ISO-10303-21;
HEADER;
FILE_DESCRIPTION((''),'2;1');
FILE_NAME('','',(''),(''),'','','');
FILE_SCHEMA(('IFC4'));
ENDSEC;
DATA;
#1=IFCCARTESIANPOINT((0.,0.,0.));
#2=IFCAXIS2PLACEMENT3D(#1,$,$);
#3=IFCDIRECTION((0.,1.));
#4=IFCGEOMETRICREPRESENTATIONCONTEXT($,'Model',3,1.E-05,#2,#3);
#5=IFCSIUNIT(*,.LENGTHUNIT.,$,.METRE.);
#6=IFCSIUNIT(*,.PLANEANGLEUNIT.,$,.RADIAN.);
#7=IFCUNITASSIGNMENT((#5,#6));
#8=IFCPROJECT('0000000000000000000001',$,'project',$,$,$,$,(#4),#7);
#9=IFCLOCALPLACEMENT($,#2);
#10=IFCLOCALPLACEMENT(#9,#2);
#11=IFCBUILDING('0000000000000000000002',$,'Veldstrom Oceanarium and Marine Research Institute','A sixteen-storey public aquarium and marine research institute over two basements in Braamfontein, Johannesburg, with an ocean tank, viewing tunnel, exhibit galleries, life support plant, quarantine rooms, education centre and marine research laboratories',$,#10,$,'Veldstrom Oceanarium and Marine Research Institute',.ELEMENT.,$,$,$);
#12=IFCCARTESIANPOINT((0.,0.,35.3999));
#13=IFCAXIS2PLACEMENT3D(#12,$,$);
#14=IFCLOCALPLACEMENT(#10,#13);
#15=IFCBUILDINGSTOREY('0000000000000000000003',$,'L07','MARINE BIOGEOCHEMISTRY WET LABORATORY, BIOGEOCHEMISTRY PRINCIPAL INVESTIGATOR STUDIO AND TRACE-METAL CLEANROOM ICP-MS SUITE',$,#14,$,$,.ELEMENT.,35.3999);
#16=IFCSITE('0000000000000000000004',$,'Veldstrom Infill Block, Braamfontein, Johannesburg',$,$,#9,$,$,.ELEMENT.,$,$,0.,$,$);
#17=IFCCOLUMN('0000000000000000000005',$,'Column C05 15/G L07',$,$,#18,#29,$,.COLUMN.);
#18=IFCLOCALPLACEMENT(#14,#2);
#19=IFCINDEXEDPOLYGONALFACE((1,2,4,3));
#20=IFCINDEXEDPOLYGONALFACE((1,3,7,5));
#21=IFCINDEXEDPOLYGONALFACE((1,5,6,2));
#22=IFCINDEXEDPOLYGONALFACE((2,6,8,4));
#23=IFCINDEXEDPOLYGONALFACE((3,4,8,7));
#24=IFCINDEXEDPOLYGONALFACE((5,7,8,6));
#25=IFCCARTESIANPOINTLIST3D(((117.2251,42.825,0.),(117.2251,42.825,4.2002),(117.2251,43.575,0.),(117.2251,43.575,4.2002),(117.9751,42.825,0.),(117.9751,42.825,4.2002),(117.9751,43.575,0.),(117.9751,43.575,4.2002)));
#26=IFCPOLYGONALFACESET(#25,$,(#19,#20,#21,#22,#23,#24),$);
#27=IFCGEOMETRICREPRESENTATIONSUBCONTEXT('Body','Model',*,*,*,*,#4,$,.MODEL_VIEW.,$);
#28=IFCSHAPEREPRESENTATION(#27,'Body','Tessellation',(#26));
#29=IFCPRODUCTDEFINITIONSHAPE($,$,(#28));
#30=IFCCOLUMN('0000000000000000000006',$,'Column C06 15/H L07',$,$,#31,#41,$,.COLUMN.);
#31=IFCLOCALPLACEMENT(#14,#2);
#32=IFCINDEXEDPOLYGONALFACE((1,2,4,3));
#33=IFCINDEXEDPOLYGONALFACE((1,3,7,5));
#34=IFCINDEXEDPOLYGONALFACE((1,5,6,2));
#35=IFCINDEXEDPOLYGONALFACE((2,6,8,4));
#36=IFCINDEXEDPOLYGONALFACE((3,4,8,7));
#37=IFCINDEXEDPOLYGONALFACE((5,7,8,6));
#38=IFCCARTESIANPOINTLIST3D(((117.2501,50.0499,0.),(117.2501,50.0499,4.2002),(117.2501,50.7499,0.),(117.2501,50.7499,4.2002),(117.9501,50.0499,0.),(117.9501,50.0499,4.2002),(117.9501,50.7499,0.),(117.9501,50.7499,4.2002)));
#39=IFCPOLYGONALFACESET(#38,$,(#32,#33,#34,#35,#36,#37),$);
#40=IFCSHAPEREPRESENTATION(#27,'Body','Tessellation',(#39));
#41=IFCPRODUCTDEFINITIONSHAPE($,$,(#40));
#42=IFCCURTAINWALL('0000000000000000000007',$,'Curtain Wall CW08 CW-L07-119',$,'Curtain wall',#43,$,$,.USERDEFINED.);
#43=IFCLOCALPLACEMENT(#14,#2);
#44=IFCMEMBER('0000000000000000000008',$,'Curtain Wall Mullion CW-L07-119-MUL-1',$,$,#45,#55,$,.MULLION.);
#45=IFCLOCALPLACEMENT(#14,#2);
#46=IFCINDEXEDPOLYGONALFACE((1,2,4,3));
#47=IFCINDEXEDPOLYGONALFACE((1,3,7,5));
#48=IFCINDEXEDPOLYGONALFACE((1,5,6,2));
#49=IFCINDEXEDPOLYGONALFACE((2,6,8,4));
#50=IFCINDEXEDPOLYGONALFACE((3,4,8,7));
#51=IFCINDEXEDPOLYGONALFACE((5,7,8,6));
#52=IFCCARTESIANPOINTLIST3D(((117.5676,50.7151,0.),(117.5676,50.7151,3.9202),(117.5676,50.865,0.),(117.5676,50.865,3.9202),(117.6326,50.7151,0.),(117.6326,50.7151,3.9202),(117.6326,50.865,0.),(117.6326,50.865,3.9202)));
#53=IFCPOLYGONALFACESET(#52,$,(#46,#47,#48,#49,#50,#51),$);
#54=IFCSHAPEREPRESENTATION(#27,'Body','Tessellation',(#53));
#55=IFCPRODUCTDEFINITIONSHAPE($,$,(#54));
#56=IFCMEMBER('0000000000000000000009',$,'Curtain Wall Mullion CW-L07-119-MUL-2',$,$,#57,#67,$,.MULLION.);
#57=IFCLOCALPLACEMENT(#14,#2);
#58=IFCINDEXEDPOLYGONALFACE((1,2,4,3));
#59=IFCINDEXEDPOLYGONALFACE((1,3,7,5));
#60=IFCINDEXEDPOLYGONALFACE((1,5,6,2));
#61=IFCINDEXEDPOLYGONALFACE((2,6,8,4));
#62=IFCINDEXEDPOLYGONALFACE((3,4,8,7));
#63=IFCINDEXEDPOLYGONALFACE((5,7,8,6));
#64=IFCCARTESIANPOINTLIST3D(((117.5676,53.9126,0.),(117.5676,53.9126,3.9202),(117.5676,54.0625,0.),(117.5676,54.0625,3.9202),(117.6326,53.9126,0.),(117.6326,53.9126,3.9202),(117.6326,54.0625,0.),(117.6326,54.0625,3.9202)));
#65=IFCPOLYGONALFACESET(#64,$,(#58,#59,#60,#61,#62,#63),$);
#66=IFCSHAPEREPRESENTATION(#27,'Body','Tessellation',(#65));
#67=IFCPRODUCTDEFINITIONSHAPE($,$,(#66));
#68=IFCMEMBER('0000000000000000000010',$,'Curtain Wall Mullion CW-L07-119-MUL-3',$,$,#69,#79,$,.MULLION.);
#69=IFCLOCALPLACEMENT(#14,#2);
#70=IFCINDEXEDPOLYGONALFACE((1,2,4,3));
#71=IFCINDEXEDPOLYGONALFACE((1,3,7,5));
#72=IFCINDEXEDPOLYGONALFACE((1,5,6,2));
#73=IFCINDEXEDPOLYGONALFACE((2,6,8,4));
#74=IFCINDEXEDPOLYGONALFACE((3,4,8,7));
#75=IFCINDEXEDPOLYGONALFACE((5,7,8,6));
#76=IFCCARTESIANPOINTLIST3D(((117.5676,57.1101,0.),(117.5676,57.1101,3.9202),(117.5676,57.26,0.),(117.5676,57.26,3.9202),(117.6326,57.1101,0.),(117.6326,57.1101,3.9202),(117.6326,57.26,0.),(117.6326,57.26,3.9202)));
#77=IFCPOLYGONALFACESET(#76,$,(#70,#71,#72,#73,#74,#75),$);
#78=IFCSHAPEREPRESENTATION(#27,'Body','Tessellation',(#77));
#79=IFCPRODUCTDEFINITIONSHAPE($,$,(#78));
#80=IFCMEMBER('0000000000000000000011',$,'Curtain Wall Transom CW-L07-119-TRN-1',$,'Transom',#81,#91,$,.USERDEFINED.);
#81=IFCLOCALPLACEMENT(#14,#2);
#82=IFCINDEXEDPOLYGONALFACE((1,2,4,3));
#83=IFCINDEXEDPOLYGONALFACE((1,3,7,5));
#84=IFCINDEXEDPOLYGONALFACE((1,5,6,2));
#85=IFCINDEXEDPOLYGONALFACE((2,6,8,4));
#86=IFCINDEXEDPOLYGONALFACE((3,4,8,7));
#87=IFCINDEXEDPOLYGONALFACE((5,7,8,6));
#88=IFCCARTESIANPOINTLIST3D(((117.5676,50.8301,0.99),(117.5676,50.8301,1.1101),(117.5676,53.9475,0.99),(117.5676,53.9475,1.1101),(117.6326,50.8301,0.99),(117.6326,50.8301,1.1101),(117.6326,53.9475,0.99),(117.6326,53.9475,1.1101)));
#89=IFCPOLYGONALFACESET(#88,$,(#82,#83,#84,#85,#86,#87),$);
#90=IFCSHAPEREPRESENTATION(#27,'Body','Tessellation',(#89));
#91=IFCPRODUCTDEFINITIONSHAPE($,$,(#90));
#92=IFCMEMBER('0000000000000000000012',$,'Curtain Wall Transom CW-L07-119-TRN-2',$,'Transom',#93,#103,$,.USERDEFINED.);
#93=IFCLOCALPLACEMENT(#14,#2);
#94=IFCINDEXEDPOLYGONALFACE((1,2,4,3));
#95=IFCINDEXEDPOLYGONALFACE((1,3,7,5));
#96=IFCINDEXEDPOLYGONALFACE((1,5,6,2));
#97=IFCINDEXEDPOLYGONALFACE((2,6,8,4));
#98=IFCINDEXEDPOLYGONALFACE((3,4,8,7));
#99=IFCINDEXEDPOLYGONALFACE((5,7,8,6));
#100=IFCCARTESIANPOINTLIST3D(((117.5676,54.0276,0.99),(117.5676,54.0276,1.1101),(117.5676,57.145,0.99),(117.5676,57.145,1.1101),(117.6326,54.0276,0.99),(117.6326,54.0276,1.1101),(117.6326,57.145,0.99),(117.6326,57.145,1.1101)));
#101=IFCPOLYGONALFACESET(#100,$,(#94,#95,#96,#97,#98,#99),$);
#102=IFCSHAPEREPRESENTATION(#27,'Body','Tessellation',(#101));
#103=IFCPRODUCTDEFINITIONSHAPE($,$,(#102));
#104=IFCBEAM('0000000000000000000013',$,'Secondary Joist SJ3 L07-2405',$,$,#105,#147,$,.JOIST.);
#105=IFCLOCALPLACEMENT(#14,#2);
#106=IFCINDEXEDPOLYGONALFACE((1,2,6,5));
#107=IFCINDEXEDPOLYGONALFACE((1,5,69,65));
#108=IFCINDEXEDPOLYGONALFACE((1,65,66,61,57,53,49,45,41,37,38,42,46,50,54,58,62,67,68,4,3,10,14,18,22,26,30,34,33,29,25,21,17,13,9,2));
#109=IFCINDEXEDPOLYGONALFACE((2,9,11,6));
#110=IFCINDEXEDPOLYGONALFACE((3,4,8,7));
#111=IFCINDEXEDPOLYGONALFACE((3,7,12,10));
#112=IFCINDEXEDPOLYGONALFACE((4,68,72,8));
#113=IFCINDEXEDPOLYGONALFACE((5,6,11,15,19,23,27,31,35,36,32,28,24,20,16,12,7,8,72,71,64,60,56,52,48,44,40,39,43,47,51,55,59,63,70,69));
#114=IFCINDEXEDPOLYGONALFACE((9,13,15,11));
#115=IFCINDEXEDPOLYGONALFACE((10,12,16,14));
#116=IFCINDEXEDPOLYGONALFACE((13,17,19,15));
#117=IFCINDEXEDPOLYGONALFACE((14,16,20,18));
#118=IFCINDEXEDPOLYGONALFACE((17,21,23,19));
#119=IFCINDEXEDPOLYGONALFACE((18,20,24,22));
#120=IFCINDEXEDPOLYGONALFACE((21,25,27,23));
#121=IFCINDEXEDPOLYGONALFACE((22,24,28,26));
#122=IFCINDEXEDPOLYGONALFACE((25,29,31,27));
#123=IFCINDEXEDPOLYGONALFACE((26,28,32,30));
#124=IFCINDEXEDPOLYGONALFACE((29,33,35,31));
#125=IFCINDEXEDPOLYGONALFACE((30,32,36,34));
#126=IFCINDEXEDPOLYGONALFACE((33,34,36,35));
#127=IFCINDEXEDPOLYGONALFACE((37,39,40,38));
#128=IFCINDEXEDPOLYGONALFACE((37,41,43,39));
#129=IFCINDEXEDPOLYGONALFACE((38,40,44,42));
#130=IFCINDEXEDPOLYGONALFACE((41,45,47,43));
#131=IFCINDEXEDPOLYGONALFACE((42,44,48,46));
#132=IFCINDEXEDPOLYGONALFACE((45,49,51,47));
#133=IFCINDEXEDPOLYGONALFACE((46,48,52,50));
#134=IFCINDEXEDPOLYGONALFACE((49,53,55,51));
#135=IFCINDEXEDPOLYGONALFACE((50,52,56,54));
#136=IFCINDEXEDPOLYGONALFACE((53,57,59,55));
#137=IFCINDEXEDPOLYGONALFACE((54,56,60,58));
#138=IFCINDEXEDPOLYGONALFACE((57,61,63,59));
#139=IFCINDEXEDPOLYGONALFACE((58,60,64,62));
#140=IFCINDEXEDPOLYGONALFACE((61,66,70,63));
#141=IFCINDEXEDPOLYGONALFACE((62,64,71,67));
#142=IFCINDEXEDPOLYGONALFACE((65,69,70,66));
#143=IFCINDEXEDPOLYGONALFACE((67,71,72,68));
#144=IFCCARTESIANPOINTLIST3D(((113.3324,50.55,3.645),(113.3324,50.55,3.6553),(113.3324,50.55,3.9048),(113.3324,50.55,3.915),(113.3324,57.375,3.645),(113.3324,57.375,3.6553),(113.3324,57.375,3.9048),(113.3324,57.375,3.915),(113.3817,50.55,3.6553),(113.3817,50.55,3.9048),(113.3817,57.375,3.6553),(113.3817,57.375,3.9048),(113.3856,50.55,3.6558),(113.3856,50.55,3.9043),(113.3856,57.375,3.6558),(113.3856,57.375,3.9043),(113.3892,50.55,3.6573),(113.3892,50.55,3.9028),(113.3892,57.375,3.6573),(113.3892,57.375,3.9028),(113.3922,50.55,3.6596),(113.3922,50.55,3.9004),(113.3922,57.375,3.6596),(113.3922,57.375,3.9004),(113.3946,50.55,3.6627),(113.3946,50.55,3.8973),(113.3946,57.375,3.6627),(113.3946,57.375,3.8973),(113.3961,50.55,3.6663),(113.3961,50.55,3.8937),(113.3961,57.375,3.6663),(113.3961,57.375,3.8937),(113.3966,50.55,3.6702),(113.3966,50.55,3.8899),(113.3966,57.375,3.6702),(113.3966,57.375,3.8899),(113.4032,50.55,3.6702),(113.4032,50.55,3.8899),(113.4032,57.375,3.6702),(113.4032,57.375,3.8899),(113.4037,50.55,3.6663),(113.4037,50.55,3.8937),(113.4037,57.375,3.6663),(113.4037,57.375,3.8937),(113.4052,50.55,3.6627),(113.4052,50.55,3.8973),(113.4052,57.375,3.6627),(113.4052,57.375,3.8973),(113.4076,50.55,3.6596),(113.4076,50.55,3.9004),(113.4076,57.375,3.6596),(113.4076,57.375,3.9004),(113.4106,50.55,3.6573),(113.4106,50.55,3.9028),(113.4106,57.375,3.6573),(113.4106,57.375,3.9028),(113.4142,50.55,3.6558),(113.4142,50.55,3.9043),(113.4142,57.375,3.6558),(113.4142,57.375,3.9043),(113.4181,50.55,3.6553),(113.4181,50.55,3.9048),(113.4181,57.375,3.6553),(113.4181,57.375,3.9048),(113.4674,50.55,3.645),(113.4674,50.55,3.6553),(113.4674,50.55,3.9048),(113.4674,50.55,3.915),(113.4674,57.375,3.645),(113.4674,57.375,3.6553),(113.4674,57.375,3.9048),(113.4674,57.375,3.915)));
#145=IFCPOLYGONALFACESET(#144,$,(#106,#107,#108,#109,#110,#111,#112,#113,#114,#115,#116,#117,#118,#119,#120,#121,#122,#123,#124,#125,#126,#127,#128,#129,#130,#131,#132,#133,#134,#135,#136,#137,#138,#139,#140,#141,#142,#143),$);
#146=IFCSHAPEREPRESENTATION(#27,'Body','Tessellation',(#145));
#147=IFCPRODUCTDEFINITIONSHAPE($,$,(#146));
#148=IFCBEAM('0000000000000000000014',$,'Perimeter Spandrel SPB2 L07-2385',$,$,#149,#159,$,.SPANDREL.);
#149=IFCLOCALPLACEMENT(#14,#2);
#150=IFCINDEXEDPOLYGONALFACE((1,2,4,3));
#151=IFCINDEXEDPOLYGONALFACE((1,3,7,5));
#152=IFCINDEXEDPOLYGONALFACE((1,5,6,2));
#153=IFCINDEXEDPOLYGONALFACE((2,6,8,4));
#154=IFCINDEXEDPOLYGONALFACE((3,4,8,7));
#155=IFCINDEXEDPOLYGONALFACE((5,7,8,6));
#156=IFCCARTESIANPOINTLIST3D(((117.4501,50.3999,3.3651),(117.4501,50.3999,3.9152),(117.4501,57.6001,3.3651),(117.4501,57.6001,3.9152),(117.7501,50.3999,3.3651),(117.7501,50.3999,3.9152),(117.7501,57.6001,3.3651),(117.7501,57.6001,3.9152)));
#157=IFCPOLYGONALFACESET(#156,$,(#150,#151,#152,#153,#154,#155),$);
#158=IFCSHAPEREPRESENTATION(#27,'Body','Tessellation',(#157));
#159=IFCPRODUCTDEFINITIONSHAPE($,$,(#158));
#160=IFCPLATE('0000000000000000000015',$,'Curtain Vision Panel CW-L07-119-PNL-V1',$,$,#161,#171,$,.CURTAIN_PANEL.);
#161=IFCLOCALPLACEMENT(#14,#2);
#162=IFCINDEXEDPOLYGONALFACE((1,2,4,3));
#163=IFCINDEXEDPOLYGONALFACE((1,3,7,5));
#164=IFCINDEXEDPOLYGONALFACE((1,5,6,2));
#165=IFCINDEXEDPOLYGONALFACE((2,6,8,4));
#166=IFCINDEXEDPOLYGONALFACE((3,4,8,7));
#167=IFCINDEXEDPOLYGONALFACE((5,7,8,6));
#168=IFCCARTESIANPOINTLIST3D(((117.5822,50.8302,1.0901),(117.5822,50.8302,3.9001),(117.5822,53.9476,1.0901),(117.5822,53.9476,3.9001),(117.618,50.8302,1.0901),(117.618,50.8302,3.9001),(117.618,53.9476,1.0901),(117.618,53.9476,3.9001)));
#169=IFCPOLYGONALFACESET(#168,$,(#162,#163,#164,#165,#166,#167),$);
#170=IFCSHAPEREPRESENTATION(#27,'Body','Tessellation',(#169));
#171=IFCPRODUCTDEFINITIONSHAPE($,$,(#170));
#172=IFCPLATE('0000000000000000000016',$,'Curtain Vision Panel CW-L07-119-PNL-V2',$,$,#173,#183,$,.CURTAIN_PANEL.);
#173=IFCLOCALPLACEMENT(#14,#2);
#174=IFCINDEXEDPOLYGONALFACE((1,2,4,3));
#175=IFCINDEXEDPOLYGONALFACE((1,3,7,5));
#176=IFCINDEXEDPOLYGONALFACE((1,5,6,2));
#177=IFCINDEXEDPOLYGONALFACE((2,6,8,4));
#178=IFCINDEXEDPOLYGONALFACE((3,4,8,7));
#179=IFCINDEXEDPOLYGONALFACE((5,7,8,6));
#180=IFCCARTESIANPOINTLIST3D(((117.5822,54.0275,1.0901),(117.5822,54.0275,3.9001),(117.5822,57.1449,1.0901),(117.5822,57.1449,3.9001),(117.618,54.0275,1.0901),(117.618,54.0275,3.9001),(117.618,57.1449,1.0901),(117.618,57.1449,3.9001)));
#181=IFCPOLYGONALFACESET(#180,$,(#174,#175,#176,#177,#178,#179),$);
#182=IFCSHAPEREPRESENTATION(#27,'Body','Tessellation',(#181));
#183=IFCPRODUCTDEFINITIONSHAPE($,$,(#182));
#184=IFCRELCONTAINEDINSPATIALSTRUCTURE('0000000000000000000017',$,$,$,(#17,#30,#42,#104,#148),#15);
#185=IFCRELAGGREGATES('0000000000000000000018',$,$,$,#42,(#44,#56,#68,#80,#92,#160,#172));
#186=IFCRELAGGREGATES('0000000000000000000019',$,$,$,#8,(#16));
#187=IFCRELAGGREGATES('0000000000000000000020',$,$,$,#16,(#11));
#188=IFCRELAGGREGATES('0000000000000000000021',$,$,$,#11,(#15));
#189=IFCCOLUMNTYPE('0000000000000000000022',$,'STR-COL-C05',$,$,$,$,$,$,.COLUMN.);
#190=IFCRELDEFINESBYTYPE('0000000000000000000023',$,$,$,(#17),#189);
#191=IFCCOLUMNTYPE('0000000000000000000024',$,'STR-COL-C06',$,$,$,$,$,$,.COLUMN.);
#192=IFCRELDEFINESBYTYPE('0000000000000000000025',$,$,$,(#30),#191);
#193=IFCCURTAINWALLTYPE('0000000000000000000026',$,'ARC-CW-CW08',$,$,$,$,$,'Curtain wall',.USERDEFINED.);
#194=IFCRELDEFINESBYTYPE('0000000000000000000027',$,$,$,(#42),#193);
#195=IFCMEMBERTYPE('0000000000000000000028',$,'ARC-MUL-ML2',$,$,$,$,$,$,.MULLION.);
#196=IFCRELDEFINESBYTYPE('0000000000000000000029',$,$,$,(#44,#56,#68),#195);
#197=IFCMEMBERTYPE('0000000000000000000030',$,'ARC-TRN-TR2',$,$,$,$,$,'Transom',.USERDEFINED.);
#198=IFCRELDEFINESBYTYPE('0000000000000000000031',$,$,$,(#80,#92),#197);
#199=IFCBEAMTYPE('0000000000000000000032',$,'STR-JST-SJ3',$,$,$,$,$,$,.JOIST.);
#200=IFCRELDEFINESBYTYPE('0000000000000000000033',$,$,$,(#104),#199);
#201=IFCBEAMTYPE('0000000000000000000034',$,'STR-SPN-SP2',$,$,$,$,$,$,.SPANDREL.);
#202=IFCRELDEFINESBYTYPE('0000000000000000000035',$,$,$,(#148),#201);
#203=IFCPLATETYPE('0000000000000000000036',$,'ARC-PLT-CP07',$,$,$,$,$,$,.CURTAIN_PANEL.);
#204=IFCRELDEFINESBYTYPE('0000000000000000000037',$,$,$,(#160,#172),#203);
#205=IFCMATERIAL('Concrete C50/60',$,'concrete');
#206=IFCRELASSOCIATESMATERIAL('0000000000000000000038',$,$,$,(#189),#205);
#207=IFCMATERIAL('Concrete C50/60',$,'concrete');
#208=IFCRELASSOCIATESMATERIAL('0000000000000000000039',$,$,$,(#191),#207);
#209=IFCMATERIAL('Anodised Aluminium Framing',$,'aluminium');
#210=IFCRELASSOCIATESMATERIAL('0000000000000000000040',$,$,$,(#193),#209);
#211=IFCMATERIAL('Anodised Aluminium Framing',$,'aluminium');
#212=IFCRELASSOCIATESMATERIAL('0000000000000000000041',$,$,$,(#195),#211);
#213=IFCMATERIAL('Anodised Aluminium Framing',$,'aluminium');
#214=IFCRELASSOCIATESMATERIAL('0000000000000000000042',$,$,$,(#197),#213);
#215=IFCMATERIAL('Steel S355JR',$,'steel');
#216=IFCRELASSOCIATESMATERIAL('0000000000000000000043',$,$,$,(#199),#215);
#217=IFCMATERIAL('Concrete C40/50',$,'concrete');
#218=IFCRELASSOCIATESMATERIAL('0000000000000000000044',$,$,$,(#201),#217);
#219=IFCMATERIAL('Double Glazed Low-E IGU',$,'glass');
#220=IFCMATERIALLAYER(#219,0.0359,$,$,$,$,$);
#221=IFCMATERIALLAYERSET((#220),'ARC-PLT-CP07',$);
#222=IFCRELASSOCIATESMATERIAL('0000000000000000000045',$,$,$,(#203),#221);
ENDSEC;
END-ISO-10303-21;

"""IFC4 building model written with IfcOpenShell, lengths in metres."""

from ifc_helpers import new_model, si_unit, direction, frame, origin, origin_2d, place, context, subcontext, project, spatial, rectangle, i_section, extrude, material, layer, layer_set, material_profile, profile_set, type_object, element, aggregate, save


model = new_model("IFC4")

# Units and contexts
model_context = context("Model", 3, precision=1e-05, world=origin(), true_north=direction((0.0, 1.0)))
body_context = subcontext(model_context, "Body", "Model", "MODEL_VIEW")
ifc_project = project(units=[si_unit("LENGTHUNIT", "METRE"), si_unit("PLANEANGLEUNIT", "RADIAN")], contexts=[model_context])

# Site, building, storey
site_placement = place(None, origin())
site = spatial("IfcSite", under=ifc_project, at=site_placement, Name="Veldstrom Infill Block, Braamfontein, Johannesburg", CompositionType="ELEMENT", RefElevation=0.0)
building_placement = place(site_placement, origin())
building = spatial("IfcBuilding", under=site, at=building_placement, Name="Veldstrom Oceanarium and Marine Research Institute", Description="A sixteen-storey public aquarium and marine research institute over two basements in Braamfontein, Johannesburg, with an ocean tank, viewing tunnel, exhibit galleries, life support plant, quarantine rooms, education centre and marine research laboratories", LongName="Veldstrom Oceanarium and Marine Research Institute", CompositionType="ELEMENT")
storey_placement = place(building_placement, frame((0.0, 0.0, 35.3999)))
storey = spatial("IfcBuildingStorey", under=building, at=storey_placement, Name="L07", Description="MARINE BIOGEOCHEMISTRY WET LABORATORY, BIOGEOCHEMISTRY PRINCIPAL INVESTIGATOR STUDIO AND TRACE-METAL CLEANROOM ICP-MS SUITE", CompositionType="ELEMENT", Elevation=35.3999)

# Columns
ifc_material_1 = material(Name="Concrete C50/60", Category="concrete")
ifc_material_profile_1 = material_profile(ifc_material_1, rectangle(XDim=0.75, YDim=0.75, at=origin_2d()), Name="RC-COL-750x750")
ifc_profile_set_1 = profile_set([ifc_material_profile_1], Name="Concrete C50/60")
column_type_1 = type_object("IfcColumnType", Name="STR-COL-C05", PredefinedType="COLUMN", material=ifc_profile_set_1)
column_1_placement = place(storey_placement, frame((117.6001, 43.2, 0.0), z_axis=(0.0, 0.0, 1.0), x_axis=(1.0, 0.0, 0.0)))
element("IfcColumn", 1, at=column_1_placement, inside=storey, type_object=column_type_1, Name="Column C05 15/G L07", PredefinedType="COLUMN", context=body_context, shape_type="SweptSolid", body=[
    extrude(rectangle(XDim=0.75, YDim=0.75, at=origin_2d()), origin(), (0.0, 0.0, 1.0), 4.2002),
])
ifc_material_2 = material(Name="Concrete C50/60", Category="concrete")
ifc_material_profile_2 = material_profile(ifc_material_2, rectangle(XDim=0.7, YDim=0.7, at=origin_2d()), Name="RC-COL-700x700")
ifc_profile_set_2 = profile_set([ifc_material_profile_2], Name="Concrete C50/60")
column_type_2 = type_object("IfcColumnType", Name="STR-COL-C06", PredefinedType="COLUMN", material=ifc_profile_set_2)
column_2_placement = place(storey_placement, frame((117.6001, 50.3999, 0.0), z_axis=(0.0, 0.0, 1.0), x_axis=(1.0, 0.0, 0.0)))
element("IfcColumn", 2, at=column_2_placement, inside=storey, type_object=column_type_2, Name="Column C06 15/H L07", PredefinedType="COLUMN", context=body_context, shape_type="SweptSolid", body=[
    extrude(rectangle(XDim=0.7, YDim=0.7, at=origin_2d()), origin(), (0.0, 0.0, 1.0), 4.2002),
])

# Curtain wall, members
ifc_material_3 = material(Name="Anodised Aluminium Framing", Category="aluminium")
curtain_wall_type = type_object("IfcCurtainWallType", Name="ARC-CW-CW08", ElementType="Curtain wall", PredefinedType="USERDEFINED", material=ifc_material_3)
curtain_wall_placement = place(storey_placement, origin())
curtain_wall = element("IfcCurtainWall", 3, at=curtain_wall_placement, inside=storey, type_object=curtain_wall_type, Name="Curtain Wall CW08 CW-L07-119", ObjectType="Curtain wall", PredefinedType="USERDEFINED")
ifc_material_4 = material(Name="Anodised Aluminium Framing", Category="aluminium")
ifc_material_profile_3 = material_profile(ifc_material_4, rectangle(XDim=0.0649, YDim=0.1499, at=origin_2d()), Name="ALU-MUL-65x150")
ifc_profile_set_3 = profile_set([ifc_material_profile_3], Name="Anodised Aluminium Framing")
member_type_1 = type_object("IfcMemberType", Name="ARC-MUL-ML2", PredefinedType="MULLION", material=ifc_profile_set_3)
member_1_placement = place(storey_placement, frame((117.6001, 50.79, 0.0), z_axis=(0.0, 0.0, 1.0), x_axis=(1.0, 0.0, 0.0)))
member_1 = element("IfcMember", 4, at=member_1_placement, type_object=member_type_1, Name="Curtain Wall Mullion CW-L07-119-MUL-1", PredefinedType="MULLION", context=body_context, shape_type="SweptSolid", body=[
    extrude(rectangle(XDim=0.0649, YDim=0.1499, at=origin_2d()), origin(), (0.0, 0.0, 1.0), 3.9202),
])
member_2_placement = place(storey_placement, frame((117.6001, 53.9875, 0.0), z_axis=(0.0, 0.0, 1.0), x_axis=(1.0, 0.0, 0.0)))
member_2 = element("IfcMember", 5, at=member_2_placement, type_object=member_type_1, Name="Curtain Wall Mullion CW-L07-119-MUL-2", PredefinedType="MULLION", context=body_context, shape_type="SweptSolid", body=[
    extrude(rectangle(XDim=0.0649, YDim=0.1499, at=origin_2d()), origin(), (0.0, 0.0, 1.0), 3.9202),
])
member_3_placement = place(storey_placement, frame((117.6001, 57.1851, 0.0), z_axis=(0.0, 0.0, 1.0), x_axis=(1.0, 0.0, 0.0)))
member_3 = element("IfcMember", 6, at=member_3_placement, type_object=member_type_1, Name="Curtain Wall Mullion CW-L07-119-MUL-3", PredefinedType="MULLION", context=body_context, shape_type="SweptSolid", body=[
    extrude(rectangle(XDim=0.0649, YDim=0.1499, at=origin_2d()), origin(), (0.0, 0.0, 1.0), 3.9202),
])
ifc_material_5 = material(Name="Anodised Aluminium Framing", Category="aluminium")
ifc_material_profile_4 = material_profile(ifc_material_5, rectangle(XDim=0.0649, YDim=0.1201, at=origin_2d()), Name="ALU-TRN-65x120")
ifc_profile_set_4 = profile_set([ifc_material_profile_4], Name="Anodised Aluminium Framing")
member_type_2 = type_object("IfcMemberType", Name="ARC-TRN-TR2", ElementType="Transom", PredefinedType="USERDEFINED", material=ifc_profile_set_4)
member_4_placement = place(storey_placement, frame((117.6001, 50.8301, 1.05), z_axis=(0.0, 1.0, 0.0), x_axis=(-1.0, 0.0, 0.0)))
member_4 = element("IfcMember", 7, at=member_4_placement, type_object=member_type_2, Name="Curtain Wall Transom CW-L07-119-TRN-1", ObjectType="Transom", PredefinedType="USERDEFINED", context=body_context, shape_type="SweptSolid", body=[
    extrude(rectangle(XDim=0.0649, YDim=0.1201, at=origin_2d()), origin(), (0.0, 0.0, 1.0), 3.1174),
])
member_5_placement = place(storey_placement, frame((117.6001, 54.0276, 1.05), z_axis=(0.0, 1.0, 0.0), x_axis=(-1.0, 0.0, 0.0)))
member_5 = element("IfcMember", 8, at=member_5_placement, type_object=member_type_2, Name="Curtain Wall Transom CW-L07-119-TRN-2", ObjectType="Transom", PredefinedType="USERDEFINED", context=body_context, shape_type="SweptSolid", body=[
    extrude(rectangle(XDim=0.0649, YDim=0.1201, at=origin_2d()), origin(), (0.0, 0.0, 1.0), 3.1174),
])

# Beams
ifc_material_6 = material(Name="Steel S355JR", Category="steel")
ifc_material_profile_5 = material_profile(ifc_material_6, i_section(OverallWidth=0.135, OverallDepth=0.27, WebThickness=0.0066, FlangeThickness=0.0103, FilletRadius=0.0149, at=origin_2d()), Name="IPE 270")
ifc_profile_set_5 = profile_set([ifc_material_profile_5], Name="Steel S355JR")
beam_type_1 = type_object("IfcBeamType", Name="STR-JST-SJ3", PredefinedType="JOIST", material=ifc_profile_set_5)
beam_1_placement = place(storey_placement, frame((113.3999, 50.55, 3.78), z_axis=(0.0, 1.0, 0.0), x_axis=(-1.0, 0.0, 0.0)))
element("IfcBeam", 9, at=beam_1_placement, inside=storey, type_object=beam_type_1, Name="Secondary Joist SJ3 L07-2405", PredefinedType="JOIST", context=body_context, shape_type="SweptSolid", body=[
    extrude(i_section(OverallWidth=0.135, OverallDepth=0.27, WebThickness=0.0066, FlangeThickness=0.0103, FilletRadius=0.0149, at=origin_2d()), origin(), (0.0, 0.0, 1.0), 6.825),
])
ifc_material_7 = material(Name="Concrete C40/50", Category="concrete")
ifc_material_profile_6 = material_profile(ifc_material_7, rectangle(XDim=0.3, YDim=0.55, at=origin_2d()), Name="RC-SPN-300x550")
ifc_profile_set_6 = profile_set([ifc_material_profile_6], Name="Concrete C40/50")
beam_type_2 = type_object("IfcBeamType", Name="STR-SPN-SP2", PredefinedType="SPANDREL", material=ifc_profile_set_6)
beam_2_placement = place(storey_placement, frame((117.6001, 50.3999, 3.6401), z_axis=(0.0, 1.0, 0.0), x_axis=(-1.0, 0.0, 0.0)))
element("IfcBeam", 10, at=beam_2_placement, inside=storey, type_object=beam_type_2, Name="Perimeter Spandrel SPB2 L07-2385", PredefinedType="SPANDREL", context=body_context, shape_type="SweptSolid", body=[
    extrude(rectangle(XDim=0.3, YDim=0.55, at=origin_2d()), origin(), (0.0, 0.0, 1.0), 7.2002),
])

# Plates
ifc_material_8 = material(Name="Double Glazed Low-E IGU", Category="glass")
ifc_layer_1 = layer(ifc_material_8, 0.0359)
ifc_layer_set_1 = layer_set([ifc_layer_1], Name="ARC-PLT-CP07")
plate_type_1 = type_object("IfcPlateType", Name="ARC-PLT-CP07", PredefinedType="CURTAIN_PANEL", material=ifc_layer_set_1)
plate_1_placement = place(storey_placement, frame((117.6001, 52.3889, 1.0901), z_axis=(0.0, 0.0, 1.0), x_axis=(0.0, 1.0, 0.0)))
plate_1 = element("IfcPlate", 11, at=plate_1_placement, type_object=plate_type_1, Name="Curtain Vision Panel CW-L07-119-PNL-V1", PredefinedType="CURTAIN_PANEL", context=body_context, shape_type="SweptSolid", body=[
    extrude(rectangle(XDim=3.1174, YDim=0.0359, at=origin_2d()), origin(), (0.0, 0.0, 1.0), 2.8101),
])
plate_2_placement = place(storey_placement, frame((117.6001, 55.5862, 1.0901), z_axis=(0.0, 0.0, 1.0), x_axis=(0.0, 1.0, 0.0)))
plate_2 = element("IfcPlate", 12, at=plate_2_placement, type_object=plate_type_1, Name="Curtain Vision Panel CW-L07-119-PNL-V2", PredefinedType="CURTAIN_PANEL", context=body_context, shape_type="SweptSolid", body=[
    extrude(rectangle(XDim=3.1174, YDim=0.0359, at=origin_2d()), origin(), (0.0, 0.0, 1.0), 2.8101),
])
aggregate(curtain_wall, [member_1, member_2, member_3, member_4, member_5, plate_1, plate_2])

save(model, "model.ifc")
